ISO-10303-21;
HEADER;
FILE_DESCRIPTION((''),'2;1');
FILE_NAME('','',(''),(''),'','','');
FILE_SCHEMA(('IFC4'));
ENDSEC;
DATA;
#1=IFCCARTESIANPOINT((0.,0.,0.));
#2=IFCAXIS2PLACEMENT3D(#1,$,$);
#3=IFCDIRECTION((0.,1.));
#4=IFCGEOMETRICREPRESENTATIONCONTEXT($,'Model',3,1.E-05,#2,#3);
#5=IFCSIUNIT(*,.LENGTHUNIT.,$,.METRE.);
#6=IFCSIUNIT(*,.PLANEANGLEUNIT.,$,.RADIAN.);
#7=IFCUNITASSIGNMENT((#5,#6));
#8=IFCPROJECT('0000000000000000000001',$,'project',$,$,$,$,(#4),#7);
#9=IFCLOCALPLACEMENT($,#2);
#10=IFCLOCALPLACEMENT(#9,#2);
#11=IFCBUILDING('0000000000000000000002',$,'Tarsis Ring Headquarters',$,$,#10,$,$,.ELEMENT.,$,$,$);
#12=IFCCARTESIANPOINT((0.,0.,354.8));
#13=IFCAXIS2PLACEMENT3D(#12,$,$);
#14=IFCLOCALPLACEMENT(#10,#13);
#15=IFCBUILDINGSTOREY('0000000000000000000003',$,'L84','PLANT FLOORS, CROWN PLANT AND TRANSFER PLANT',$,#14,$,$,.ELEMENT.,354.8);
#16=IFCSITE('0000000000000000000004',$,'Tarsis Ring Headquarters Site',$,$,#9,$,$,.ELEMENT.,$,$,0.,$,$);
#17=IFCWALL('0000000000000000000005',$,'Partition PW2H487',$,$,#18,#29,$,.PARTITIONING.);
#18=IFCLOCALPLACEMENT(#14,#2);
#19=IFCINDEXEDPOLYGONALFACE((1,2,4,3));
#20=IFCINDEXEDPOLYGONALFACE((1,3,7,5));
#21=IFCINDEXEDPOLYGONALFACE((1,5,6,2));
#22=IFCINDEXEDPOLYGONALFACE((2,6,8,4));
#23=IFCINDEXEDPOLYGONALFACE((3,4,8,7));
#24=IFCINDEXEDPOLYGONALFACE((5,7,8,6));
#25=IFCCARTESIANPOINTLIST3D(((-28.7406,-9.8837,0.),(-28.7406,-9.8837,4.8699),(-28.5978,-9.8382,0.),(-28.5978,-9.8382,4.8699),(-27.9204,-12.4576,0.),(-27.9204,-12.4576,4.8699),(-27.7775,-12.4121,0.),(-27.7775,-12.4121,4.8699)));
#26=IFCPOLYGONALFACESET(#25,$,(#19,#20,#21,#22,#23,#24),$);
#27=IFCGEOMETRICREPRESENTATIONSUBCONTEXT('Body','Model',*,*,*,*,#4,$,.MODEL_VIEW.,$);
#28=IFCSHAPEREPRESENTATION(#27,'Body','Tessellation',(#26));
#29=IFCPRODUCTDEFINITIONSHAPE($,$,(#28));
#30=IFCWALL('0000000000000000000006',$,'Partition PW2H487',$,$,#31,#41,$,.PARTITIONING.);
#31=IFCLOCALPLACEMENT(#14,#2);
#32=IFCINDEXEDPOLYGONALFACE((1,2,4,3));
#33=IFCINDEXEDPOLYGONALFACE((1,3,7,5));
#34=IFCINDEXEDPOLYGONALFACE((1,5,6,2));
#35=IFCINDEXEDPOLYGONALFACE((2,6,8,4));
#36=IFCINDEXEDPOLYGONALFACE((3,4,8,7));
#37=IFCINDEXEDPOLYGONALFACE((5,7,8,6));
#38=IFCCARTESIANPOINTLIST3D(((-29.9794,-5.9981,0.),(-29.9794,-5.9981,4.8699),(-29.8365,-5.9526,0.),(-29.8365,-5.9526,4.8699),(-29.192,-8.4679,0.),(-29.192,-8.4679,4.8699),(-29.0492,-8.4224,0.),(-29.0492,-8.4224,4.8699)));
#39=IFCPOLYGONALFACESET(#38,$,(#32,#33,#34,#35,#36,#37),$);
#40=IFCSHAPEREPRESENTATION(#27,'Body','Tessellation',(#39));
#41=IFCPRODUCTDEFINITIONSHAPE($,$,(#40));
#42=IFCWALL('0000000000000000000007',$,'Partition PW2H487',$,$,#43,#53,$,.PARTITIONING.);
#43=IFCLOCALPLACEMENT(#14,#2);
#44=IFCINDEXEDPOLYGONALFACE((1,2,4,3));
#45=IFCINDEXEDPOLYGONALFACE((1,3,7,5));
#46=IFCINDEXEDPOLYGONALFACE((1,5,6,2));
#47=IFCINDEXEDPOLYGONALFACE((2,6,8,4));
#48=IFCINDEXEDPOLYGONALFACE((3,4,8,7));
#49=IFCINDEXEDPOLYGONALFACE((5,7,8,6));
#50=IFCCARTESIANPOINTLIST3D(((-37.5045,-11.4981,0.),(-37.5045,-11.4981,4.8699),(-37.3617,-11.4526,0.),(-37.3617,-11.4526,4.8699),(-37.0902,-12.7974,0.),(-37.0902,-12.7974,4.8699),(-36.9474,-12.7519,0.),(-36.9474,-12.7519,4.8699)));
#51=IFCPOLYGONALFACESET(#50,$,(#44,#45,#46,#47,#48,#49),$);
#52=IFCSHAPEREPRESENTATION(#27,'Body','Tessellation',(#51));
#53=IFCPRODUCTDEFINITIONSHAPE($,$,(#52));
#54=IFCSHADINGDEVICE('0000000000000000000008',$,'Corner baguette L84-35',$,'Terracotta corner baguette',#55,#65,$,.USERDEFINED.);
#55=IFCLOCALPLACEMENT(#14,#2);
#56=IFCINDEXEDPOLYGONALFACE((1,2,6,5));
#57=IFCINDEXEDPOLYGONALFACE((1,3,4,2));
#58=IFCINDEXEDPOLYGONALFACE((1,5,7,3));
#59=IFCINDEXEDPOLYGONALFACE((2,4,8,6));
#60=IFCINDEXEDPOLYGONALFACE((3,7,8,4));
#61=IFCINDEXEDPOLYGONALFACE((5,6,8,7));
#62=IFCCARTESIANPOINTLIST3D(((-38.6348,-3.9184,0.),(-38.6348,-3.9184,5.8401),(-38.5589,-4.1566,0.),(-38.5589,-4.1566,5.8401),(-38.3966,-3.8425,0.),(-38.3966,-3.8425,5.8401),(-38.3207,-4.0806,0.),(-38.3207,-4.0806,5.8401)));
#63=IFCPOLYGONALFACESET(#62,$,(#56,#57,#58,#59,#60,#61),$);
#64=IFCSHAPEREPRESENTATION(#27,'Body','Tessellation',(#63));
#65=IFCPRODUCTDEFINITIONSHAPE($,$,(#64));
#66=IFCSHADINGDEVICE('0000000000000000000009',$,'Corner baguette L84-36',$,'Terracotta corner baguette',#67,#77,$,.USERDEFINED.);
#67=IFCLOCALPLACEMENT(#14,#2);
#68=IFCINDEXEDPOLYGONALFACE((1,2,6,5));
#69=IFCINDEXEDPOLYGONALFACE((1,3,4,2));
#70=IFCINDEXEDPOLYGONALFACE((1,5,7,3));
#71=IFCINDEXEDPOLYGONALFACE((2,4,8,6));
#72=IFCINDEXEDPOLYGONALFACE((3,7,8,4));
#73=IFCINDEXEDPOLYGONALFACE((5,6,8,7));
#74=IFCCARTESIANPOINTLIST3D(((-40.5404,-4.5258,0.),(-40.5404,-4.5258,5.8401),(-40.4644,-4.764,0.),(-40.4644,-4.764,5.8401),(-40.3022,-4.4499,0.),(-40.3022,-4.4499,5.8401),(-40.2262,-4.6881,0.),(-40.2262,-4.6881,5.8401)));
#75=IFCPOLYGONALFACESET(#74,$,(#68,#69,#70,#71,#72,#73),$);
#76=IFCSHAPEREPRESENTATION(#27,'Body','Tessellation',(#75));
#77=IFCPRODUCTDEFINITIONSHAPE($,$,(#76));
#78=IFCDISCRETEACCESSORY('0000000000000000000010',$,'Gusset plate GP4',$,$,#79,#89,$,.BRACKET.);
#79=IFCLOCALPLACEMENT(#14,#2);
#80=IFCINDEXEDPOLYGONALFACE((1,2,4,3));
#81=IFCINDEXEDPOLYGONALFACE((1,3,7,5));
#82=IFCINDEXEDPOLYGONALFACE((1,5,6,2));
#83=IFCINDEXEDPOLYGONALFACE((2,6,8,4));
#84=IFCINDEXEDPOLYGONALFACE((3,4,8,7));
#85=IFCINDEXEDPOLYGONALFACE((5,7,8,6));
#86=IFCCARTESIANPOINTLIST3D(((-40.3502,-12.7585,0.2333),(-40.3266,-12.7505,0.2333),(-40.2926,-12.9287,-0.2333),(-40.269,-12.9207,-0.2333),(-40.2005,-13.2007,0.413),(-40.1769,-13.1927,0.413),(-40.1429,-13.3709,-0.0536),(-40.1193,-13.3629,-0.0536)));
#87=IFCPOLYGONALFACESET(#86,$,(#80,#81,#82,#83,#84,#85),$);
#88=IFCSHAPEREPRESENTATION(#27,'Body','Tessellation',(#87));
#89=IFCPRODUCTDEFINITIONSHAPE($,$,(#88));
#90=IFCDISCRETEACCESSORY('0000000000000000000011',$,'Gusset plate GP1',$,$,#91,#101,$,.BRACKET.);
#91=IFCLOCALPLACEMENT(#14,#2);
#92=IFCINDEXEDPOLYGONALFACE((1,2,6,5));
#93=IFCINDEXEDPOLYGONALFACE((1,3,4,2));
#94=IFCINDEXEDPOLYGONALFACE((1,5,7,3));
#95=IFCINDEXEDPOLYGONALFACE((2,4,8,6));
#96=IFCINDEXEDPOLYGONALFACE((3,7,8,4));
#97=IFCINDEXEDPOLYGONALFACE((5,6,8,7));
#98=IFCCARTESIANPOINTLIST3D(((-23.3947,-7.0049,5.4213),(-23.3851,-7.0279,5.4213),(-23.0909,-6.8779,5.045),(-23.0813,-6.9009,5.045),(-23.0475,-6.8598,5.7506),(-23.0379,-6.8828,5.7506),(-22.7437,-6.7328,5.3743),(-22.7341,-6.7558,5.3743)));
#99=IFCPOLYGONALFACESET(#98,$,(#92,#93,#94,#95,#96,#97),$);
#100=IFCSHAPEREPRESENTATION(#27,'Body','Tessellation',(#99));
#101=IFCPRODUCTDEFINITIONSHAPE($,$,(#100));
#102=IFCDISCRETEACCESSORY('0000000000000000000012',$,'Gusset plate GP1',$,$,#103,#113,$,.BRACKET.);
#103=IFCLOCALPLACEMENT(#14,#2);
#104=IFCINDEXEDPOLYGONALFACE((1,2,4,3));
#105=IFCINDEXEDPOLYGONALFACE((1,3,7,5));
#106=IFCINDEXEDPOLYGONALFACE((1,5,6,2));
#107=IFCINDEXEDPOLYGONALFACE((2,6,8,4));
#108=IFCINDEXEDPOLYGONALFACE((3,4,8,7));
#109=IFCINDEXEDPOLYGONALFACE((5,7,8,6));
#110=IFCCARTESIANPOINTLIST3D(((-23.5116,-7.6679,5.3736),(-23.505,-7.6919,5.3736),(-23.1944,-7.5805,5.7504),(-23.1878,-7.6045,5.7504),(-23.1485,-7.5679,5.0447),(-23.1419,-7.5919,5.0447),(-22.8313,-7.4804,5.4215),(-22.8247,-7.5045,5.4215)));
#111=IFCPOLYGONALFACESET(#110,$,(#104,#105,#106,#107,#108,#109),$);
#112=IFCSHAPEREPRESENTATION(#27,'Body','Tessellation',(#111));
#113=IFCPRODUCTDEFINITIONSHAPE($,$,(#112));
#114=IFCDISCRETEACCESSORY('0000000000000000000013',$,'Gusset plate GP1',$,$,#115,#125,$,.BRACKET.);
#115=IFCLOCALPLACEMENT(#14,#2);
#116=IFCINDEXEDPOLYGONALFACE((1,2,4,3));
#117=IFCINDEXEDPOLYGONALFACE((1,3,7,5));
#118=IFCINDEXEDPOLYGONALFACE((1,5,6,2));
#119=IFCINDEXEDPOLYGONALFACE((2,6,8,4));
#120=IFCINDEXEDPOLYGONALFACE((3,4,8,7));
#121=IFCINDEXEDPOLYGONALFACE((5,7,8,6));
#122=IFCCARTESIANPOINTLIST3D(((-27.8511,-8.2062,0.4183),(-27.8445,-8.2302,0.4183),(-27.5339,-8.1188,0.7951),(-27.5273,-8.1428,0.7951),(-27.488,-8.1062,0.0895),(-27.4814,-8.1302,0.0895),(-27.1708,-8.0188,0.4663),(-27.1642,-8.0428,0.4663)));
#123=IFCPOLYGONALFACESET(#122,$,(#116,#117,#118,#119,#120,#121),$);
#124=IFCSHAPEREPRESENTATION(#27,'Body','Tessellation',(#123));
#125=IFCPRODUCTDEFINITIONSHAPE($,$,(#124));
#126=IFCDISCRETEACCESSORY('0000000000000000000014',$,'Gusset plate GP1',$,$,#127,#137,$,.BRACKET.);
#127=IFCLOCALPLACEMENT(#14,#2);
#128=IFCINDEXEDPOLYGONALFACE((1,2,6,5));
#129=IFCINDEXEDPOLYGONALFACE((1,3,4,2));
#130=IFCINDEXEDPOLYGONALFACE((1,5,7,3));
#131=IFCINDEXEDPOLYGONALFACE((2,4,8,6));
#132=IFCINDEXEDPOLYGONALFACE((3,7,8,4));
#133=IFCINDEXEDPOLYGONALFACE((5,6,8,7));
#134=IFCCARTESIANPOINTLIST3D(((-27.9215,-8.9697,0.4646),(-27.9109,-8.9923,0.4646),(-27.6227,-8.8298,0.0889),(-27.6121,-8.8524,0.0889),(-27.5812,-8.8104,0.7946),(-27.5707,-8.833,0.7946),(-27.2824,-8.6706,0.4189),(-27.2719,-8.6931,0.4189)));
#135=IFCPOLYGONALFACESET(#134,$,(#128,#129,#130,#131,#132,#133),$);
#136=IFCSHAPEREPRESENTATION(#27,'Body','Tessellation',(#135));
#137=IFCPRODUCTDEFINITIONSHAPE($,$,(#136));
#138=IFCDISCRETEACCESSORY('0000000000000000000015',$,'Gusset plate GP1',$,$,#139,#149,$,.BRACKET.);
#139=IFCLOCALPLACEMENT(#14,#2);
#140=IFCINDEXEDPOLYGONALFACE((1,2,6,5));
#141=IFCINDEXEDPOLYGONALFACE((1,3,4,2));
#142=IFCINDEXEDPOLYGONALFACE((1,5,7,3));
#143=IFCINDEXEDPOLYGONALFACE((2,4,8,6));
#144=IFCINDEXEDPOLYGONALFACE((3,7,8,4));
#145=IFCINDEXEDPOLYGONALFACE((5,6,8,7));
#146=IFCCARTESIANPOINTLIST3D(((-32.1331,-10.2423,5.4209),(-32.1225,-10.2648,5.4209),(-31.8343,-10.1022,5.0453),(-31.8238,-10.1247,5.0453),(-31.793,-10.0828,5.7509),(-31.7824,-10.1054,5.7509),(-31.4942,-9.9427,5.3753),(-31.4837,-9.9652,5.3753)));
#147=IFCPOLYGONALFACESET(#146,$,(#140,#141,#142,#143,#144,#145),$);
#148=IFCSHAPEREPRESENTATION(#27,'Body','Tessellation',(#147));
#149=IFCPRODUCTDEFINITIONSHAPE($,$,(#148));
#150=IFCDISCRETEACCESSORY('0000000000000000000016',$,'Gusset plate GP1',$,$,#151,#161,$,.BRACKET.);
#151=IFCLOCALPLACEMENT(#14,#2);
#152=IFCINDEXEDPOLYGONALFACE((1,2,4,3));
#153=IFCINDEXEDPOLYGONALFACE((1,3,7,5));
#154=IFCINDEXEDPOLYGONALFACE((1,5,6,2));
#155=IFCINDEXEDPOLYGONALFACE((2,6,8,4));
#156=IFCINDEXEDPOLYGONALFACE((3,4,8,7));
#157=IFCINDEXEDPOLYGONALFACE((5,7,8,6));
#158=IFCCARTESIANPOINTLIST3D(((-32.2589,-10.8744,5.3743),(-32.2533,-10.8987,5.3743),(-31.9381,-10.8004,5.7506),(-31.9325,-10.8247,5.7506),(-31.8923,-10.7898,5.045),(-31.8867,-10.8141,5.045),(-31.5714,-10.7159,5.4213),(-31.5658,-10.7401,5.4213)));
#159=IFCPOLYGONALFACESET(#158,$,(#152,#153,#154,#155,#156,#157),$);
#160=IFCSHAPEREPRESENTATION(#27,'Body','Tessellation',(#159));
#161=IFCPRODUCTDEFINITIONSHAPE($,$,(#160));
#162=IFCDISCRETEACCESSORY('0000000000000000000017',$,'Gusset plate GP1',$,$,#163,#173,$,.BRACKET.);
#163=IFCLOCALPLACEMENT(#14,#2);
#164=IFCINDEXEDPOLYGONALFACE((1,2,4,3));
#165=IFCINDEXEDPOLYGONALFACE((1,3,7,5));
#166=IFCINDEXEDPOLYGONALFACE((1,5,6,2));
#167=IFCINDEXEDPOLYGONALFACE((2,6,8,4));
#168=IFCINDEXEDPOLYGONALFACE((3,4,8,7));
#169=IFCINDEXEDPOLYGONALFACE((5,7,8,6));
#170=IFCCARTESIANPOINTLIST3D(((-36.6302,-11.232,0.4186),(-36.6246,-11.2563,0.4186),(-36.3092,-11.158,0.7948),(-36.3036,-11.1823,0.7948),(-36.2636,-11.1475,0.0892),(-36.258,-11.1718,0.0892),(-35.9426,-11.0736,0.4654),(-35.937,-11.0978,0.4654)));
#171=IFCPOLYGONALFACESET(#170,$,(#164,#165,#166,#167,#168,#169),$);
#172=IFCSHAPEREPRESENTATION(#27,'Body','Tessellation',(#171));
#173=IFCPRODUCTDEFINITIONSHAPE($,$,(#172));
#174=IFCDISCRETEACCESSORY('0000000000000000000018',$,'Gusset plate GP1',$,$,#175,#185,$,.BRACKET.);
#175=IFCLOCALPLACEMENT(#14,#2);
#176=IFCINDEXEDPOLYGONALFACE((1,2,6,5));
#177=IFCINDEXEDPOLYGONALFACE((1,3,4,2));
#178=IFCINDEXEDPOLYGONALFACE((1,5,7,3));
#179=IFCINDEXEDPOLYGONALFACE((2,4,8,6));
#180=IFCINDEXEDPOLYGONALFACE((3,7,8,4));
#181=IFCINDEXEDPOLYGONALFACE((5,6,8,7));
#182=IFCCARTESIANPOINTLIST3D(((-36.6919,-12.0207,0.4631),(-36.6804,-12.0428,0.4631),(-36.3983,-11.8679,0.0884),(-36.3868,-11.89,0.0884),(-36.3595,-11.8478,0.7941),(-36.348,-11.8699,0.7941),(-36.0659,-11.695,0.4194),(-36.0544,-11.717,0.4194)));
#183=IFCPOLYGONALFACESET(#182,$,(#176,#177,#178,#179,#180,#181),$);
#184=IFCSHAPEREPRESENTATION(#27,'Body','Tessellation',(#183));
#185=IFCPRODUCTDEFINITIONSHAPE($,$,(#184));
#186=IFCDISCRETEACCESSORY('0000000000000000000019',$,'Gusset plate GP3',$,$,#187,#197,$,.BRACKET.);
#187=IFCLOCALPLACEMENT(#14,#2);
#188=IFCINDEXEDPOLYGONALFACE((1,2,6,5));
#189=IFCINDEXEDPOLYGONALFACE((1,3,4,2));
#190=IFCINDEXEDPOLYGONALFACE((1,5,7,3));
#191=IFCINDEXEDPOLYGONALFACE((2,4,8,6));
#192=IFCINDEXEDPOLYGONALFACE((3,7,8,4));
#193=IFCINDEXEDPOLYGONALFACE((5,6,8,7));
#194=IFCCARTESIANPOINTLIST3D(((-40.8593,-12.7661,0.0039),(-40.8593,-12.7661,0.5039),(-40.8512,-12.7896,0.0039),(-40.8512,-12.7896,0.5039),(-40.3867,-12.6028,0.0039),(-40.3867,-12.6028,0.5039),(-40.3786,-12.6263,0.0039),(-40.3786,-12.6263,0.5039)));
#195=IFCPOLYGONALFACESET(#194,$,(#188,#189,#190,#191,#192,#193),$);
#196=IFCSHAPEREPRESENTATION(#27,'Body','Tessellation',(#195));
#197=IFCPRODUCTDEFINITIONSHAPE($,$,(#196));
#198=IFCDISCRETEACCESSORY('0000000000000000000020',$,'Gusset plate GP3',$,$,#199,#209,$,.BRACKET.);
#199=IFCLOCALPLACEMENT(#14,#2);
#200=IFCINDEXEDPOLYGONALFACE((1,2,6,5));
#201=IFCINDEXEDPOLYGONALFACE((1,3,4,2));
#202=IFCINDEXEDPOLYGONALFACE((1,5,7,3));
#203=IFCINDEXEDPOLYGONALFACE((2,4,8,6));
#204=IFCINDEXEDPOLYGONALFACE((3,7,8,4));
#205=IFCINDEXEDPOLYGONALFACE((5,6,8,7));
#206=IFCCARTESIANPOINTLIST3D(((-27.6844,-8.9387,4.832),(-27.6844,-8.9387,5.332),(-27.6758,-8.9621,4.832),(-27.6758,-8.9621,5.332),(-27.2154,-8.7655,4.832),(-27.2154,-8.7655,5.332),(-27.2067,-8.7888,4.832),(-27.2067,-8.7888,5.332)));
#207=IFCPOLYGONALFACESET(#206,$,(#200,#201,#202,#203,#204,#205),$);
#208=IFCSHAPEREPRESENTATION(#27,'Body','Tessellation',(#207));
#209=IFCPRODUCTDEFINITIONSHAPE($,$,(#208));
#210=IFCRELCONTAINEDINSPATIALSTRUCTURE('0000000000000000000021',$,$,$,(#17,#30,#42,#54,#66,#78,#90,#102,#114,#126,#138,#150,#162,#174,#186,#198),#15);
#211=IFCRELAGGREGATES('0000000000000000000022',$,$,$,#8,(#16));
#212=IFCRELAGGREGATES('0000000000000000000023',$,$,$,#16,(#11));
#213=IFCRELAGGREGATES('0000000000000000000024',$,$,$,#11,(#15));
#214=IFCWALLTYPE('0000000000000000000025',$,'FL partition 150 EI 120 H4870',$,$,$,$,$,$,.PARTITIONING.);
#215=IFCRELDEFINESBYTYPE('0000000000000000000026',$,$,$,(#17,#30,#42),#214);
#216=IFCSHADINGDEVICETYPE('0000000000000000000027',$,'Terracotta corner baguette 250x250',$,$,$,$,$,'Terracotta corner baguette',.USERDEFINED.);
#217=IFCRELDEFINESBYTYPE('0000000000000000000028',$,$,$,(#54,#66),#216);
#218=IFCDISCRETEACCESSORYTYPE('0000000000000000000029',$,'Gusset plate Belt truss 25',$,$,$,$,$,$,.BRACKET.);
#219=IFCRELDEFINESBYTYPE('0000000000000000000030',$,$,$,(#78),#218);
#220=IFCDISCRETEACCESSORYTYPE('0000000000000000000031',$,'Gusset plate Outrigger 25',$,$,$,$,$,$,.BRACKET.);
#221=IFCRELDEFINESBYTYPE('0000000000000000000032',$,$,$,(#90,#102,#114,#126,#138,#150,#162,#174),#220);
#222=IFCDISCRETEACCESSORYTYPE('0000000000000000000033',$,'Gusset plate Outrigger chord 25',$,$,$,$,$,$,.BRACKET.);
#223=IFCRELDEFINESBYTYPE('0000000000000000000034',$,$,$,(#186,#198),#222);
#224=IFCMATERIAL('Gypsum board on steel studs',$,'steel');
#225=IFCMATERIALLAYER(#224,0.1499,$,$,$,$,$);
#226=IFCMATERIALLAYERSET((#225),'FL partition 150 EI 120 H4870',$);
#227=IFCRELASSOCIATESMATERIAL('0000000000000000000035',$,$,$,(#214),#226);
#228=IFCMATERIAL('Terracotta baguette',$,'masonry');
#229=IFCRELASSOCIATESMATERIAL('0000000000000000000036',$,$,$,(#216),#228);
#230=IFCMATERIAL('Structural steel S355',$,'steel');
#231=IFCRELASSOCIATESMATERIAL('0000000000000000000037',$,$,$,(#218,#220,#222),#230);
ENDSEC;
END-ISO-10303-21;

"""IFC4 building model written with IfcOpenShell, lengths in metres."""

from ifc_helpers import new_model, si_unit, direction, frame, frame_2d, origin, origin_2d, place, context, subcontext, project, spatial, rectangle, extrude, material, layer, layer_set, material_profile, profile_set, type_object, element, save


model = new_model("IFC4")

# Units and contexts
model_context = context("Model", 3, precision=1e-05, world=origin(), true_north=direction((0.0, 1.0)))
body_context = subcontext(model_context, "Body", "Model", "MODEL_VIEW")
ifc_project = project(units=[si_unit("LENGTHUNIT", "METRE"), si_unit("PLANEANGLEUNIT", "RADIAN")], contexts=[model_context])

# Site, building, storey
site_placement = place(None, origin())
site = spatial("IfcSite", under=ifc_project, at=site_placement, Name="Tarsis Ring Headquarters Site", CompositionType="ELEMENT", RefElevation=0.0)
building_placement = place(site_placement, origin())
building = spatial("IfcBuilding", under=site, at=building_placement, Name="Tarsis Ring Headquarters", CompositionType="ELEMENT")
storey_placement = place(building_placement, frame((0.0, 0.0, 354.8)))
storey = spatial("IfcBuildingStorey", under=building, at=storey_placement, Name="L84", Description="PLANT FLOORS, CROWN PLANT AND TRANSFER PLANT", CompositionType="ELEMENT", Elevation=354.8)

# Shared definitions
ifc_material_1 = material(Name="Structural steel S355", Category="steel")

# Walls
ifc_material_2 = material(Name="Gypsum board on steel studs", Category="steel")
ifc_layer = layer(ifc_material_2, 0.1499)
ifc_layer_set = layer_set([ifc_layer], Name="FL partition 150 EI 120 H4870")
wall_type = type_object("IfcWallType", Name="FL partition 150 EI 120 H4870", PredefinedType="PARTITIONING", material=ifc_layer_set)
wall_1_placement = place(storey_placement, frame((-28.6692, -9.8611, 0.0), z_axis=(0.0, 0.0, 1.0), x_axis=(0.303648, -0.952784, 0.0)))
element("IfcWall", 1, at=wall_1_placement, inside=storey, type_object=wall_type, Name="Partition PW2H487", PredefinedType="PARTITIONING", context=body_context, shape_type="SweptSolid", body=[
    extrude(rectangle(XDim=2.7014, YDim=0.1499, at=frame_2d((1.3506, 0.0))), origin(), (0.0, 0.0, 1.0), 4.8699),
])
wall_2_placement = place(storey_placement, frame((-29.908, -5.9753, 0.0), z_axis=(0.0, 0.0, 1.0), x_axis=(0.30374, -0.952755, 0.0)))
element("IfcWall", 2, at=wall_2_placement, inside=storey, type_object=wall_type, Name="Partition PW2H487", PredefinedType="PARTITIONING", context=body_context, shape_type="SweptSolid", body=[
    extrude(rectangle(XDim=2.5923, YDim=0.1499, at=frame_2d((1.2961, 0.0))), origin(), (0.0, 0.0, 1.0), 4.8699),
])
wall_3_placement = place(storey_placement, frame((-37.4331, -11.4753, 0.0), z_axis=(0.0, 0.0, 1.0), x_axis=(0.303795, -0.952738, 0.0)))
element("IfcWall", 3, at=wall_3_placement, inside=storey, type_object=wall_type, Name="Partition PW2H487", PredefinedType="PARTITIONING", context=body_context, shape_type="SweptSolid", body=[
    extrude(rectangle(XDim=1.3638, YDim=0.1499, at=frame_2d((0.6819, 0.0))), origin(), (0.0, 0.0, 1.0), 4.8699),
])

# Shading devices
ifc_material_3 = material(Name="Terracotta baguette", Category="masonry")
shading_device_type_1 = type_object("IfcShadingDeviceType", Name="Terracotta corner baguette 250x250", ElementType="Terracotta corner baguette", PredefinedType="USERDEFINED", material=ifc_material_3)
for number, where, z_axis, x_axis, name in (
    (4, (-38.4778, -3.9995, 0.0), (0.0, 0.0, 1.0), (0.303701, -0.952768, 0.0), "Corner baguette L84-35"),
    (5, (-40.3833, -4.6069, 0.0), (0.0, 0.0, 1.0), (-0.952768, -0.303701, 0.0), "Corner baguette L84-36"),
):
    element("IfcShadingDevice", number, at=place(storey_placement, frame(where, z_axis=z_axis, x_axis=x_axis)), inside=storey, type_object=shading_device_type_1, Name=name, ObjectType="Terracotta corner baguette", PredefinedType="USERDEFINED", context=body_context, shape_type="SweptSolid", body=[
        extrude(rectangle(XDim=0.25, YDim=0.25, at=origin_2d()), origin(), (0.0, 0.0, 1.0), 5.8401),
    ])

# Discrete accessories
ifc_material_profile_1 = material_profile(ifc_material_1, rectangle(XDim=0.0249, YDim=0.5, at=origin_2d()), Name="PL 25x500")
ifc_profile_set_1 = profile_set([ifc_material_profile_1], Name="Structural steel S355")
discrete_accessory_type_1 = type_object("IfcDiscreteAccessoryType", Name="Gusset plate Belt truss 25", PredefinedType="BRACKET", material=ifc_profile_set_1)
discrete_accessory_1_placement = place(storey_placement, frame((-40.3096, -12.8396, 0.0), z_axis=(0.299214, -0.883974, 0.359252), x_axis=(0.947209, 0.320618, 0.0)))
element("IfcDiscreteAccessory", 6, at=discrete_accessory_1_placement, inside=storey, type_object=discrete_accessory_type_1, Name="Gusset plate GP4", PredefinedType="BRACKET", context=body_context, shape_type="SweptSolid", body=[
    extrude(rectangle(XDim=0.0249, YDim=0.5, at=origin_2d()), origin(), (0.0, 0.0, 1.0), 0.5002),
])
discrete_accessory_type_2 = type_object("IfcDiscreteAccessoryType", Name="Gusset plate Outrigger 25", PredefinedType="BRACKET", material=ifc_profile_set_1)
discrete_accessory_2_placement = place(storey_placement, frame((-23.2163, -6.9438, 5.5859), z_axis=(0.607544, 0.253957, -0.752593), x_axis=(-0.385668, 0.922637, 0.0)))
element("IfcDiscreteAccessory", 7, at=discrete_accessory_2_placement, inside=storey, type_object=discrete_accessory_type_2, Name="Gusset plate GP1", PredefinedType="BRACKET", context=body_context, shape_type="SweptSolid", body=[
    extrude(rectangle(XDim=0.0249, YDim=0.5, at=origin_2d()), origin(), (0.0, 0.0, 1.0), 0.5),
])
for number, where, z_axis, x_axis, name in (
    (8, (-23.0095, -7.5425, 5.5859), (-0.634118, -0.174761, -0.753229), (0.265691, -0.964058, 0.0), "Gusset plate GP1"),
    (9, (-27.6663, -8.1682, 0.2539), (0.634118, 0.174761, 0.753229), (-0.265691, 0.964058, 0.0), "Gusset plate GP1"),
):
    element("IfcDiscreteAccessory", number, at=place(storey_placement, frame(where, z_axis=z_axis, x_axis=x_axis)), inside=storey, type_object=discrete_accessory_type_2, Name=name, PredefinedType="BRACKET", context=body_context, shape_type="SweptSolid", body=[
        extrude(rectangle(XDim=0.0249, YDim=0.5, at=origin_2d()), origin(), (0.0, 0.0, 1.0), 0.5002),
    ])
for number, where, z_axis, x_axis, name in (
    (10, (-27.4473, -8.7615, 0.2539), (-0.597605, -0.279761, 0.7514), (0.423979, -0.905672, 0.0), "Gusset plate GP1"),
    (11, (-31.9578, -10.1738, 5.5859), (0.597523, 0.280211, -0.751297), (-0.424585, 0.905388, 0.0), "Gusset plate GP1"),
    (12, (-31.752, -10.7703, 5.5859), (-0.641695, -0.147971, -0.752551), (0.224697, -0.974429, 0.0), "Gusset plate GP1"),
    (13, (-36.4441, -11.2019, 0.2539), (0.641982, 0.147924, 0.752315), (-0.224535, 0.974466, 0.0), "Gusset plate GP1"),
    (14, (-36.2263, -11.7925, 0.2539), (-0.587332, -0.305627, 0.749422), (0.461608, -0.887084, 0.0), "Gusset plate GP1"),
):
    element("IfcDiscreteAccessory", number, at=place(storey_placement, frame(where, z_axis=z_axis, x_axis=x_axis)), inside=storey, type_object=discrete_accessory_type_2, Name=name, PredefinedType="BRACKET", context=body_context, shape_type="SweptSolid", body=[
        extrude(rectangle(XDim=0.0249, YDim=0.5, at=origin_2d()), origin(), (0.0, 0.0, 1.0), 0.5),
    ])
discrete_accessory_type_3 = type_object("IfcDiscreteAccessoryType", Name="Gusset plate Outrigger chord 25", PredefinedType="BRACKET", material=ifc_profile_set_1)
for number, where, z_axis, x_axis, name in (
    (15, (-40.8552, -12.7778, 0.2539), (0.94516, 0.326607, 0.0), (-0.326607, 0.94516, 0.0), "Gusset plate GP3"),
    (16, (-27.4456, -8.8638, 5.332), (0.0, 0.0, -1.0), (0.346496, -0.938051, 0.0), "Gusset plate GP3"),
):
    element("IfcDiscreteAccessory", number, at=place(storey_placement, frame(where, z_axis=z_axis, x_axis=x_axis)), inside=storey, type_object=discrete_accessory_type_3, Name=name, PredefinedType="BRACKET", context=body_context, shape_type="SweptSolid", body=[
        extrude(rectangle(XDim=0.0249, YDim=0.5, at=origin_2d()), origin(), (0.0, 0.0, 1.0), 0.5),
    ])

save(model, "model.ifc")
